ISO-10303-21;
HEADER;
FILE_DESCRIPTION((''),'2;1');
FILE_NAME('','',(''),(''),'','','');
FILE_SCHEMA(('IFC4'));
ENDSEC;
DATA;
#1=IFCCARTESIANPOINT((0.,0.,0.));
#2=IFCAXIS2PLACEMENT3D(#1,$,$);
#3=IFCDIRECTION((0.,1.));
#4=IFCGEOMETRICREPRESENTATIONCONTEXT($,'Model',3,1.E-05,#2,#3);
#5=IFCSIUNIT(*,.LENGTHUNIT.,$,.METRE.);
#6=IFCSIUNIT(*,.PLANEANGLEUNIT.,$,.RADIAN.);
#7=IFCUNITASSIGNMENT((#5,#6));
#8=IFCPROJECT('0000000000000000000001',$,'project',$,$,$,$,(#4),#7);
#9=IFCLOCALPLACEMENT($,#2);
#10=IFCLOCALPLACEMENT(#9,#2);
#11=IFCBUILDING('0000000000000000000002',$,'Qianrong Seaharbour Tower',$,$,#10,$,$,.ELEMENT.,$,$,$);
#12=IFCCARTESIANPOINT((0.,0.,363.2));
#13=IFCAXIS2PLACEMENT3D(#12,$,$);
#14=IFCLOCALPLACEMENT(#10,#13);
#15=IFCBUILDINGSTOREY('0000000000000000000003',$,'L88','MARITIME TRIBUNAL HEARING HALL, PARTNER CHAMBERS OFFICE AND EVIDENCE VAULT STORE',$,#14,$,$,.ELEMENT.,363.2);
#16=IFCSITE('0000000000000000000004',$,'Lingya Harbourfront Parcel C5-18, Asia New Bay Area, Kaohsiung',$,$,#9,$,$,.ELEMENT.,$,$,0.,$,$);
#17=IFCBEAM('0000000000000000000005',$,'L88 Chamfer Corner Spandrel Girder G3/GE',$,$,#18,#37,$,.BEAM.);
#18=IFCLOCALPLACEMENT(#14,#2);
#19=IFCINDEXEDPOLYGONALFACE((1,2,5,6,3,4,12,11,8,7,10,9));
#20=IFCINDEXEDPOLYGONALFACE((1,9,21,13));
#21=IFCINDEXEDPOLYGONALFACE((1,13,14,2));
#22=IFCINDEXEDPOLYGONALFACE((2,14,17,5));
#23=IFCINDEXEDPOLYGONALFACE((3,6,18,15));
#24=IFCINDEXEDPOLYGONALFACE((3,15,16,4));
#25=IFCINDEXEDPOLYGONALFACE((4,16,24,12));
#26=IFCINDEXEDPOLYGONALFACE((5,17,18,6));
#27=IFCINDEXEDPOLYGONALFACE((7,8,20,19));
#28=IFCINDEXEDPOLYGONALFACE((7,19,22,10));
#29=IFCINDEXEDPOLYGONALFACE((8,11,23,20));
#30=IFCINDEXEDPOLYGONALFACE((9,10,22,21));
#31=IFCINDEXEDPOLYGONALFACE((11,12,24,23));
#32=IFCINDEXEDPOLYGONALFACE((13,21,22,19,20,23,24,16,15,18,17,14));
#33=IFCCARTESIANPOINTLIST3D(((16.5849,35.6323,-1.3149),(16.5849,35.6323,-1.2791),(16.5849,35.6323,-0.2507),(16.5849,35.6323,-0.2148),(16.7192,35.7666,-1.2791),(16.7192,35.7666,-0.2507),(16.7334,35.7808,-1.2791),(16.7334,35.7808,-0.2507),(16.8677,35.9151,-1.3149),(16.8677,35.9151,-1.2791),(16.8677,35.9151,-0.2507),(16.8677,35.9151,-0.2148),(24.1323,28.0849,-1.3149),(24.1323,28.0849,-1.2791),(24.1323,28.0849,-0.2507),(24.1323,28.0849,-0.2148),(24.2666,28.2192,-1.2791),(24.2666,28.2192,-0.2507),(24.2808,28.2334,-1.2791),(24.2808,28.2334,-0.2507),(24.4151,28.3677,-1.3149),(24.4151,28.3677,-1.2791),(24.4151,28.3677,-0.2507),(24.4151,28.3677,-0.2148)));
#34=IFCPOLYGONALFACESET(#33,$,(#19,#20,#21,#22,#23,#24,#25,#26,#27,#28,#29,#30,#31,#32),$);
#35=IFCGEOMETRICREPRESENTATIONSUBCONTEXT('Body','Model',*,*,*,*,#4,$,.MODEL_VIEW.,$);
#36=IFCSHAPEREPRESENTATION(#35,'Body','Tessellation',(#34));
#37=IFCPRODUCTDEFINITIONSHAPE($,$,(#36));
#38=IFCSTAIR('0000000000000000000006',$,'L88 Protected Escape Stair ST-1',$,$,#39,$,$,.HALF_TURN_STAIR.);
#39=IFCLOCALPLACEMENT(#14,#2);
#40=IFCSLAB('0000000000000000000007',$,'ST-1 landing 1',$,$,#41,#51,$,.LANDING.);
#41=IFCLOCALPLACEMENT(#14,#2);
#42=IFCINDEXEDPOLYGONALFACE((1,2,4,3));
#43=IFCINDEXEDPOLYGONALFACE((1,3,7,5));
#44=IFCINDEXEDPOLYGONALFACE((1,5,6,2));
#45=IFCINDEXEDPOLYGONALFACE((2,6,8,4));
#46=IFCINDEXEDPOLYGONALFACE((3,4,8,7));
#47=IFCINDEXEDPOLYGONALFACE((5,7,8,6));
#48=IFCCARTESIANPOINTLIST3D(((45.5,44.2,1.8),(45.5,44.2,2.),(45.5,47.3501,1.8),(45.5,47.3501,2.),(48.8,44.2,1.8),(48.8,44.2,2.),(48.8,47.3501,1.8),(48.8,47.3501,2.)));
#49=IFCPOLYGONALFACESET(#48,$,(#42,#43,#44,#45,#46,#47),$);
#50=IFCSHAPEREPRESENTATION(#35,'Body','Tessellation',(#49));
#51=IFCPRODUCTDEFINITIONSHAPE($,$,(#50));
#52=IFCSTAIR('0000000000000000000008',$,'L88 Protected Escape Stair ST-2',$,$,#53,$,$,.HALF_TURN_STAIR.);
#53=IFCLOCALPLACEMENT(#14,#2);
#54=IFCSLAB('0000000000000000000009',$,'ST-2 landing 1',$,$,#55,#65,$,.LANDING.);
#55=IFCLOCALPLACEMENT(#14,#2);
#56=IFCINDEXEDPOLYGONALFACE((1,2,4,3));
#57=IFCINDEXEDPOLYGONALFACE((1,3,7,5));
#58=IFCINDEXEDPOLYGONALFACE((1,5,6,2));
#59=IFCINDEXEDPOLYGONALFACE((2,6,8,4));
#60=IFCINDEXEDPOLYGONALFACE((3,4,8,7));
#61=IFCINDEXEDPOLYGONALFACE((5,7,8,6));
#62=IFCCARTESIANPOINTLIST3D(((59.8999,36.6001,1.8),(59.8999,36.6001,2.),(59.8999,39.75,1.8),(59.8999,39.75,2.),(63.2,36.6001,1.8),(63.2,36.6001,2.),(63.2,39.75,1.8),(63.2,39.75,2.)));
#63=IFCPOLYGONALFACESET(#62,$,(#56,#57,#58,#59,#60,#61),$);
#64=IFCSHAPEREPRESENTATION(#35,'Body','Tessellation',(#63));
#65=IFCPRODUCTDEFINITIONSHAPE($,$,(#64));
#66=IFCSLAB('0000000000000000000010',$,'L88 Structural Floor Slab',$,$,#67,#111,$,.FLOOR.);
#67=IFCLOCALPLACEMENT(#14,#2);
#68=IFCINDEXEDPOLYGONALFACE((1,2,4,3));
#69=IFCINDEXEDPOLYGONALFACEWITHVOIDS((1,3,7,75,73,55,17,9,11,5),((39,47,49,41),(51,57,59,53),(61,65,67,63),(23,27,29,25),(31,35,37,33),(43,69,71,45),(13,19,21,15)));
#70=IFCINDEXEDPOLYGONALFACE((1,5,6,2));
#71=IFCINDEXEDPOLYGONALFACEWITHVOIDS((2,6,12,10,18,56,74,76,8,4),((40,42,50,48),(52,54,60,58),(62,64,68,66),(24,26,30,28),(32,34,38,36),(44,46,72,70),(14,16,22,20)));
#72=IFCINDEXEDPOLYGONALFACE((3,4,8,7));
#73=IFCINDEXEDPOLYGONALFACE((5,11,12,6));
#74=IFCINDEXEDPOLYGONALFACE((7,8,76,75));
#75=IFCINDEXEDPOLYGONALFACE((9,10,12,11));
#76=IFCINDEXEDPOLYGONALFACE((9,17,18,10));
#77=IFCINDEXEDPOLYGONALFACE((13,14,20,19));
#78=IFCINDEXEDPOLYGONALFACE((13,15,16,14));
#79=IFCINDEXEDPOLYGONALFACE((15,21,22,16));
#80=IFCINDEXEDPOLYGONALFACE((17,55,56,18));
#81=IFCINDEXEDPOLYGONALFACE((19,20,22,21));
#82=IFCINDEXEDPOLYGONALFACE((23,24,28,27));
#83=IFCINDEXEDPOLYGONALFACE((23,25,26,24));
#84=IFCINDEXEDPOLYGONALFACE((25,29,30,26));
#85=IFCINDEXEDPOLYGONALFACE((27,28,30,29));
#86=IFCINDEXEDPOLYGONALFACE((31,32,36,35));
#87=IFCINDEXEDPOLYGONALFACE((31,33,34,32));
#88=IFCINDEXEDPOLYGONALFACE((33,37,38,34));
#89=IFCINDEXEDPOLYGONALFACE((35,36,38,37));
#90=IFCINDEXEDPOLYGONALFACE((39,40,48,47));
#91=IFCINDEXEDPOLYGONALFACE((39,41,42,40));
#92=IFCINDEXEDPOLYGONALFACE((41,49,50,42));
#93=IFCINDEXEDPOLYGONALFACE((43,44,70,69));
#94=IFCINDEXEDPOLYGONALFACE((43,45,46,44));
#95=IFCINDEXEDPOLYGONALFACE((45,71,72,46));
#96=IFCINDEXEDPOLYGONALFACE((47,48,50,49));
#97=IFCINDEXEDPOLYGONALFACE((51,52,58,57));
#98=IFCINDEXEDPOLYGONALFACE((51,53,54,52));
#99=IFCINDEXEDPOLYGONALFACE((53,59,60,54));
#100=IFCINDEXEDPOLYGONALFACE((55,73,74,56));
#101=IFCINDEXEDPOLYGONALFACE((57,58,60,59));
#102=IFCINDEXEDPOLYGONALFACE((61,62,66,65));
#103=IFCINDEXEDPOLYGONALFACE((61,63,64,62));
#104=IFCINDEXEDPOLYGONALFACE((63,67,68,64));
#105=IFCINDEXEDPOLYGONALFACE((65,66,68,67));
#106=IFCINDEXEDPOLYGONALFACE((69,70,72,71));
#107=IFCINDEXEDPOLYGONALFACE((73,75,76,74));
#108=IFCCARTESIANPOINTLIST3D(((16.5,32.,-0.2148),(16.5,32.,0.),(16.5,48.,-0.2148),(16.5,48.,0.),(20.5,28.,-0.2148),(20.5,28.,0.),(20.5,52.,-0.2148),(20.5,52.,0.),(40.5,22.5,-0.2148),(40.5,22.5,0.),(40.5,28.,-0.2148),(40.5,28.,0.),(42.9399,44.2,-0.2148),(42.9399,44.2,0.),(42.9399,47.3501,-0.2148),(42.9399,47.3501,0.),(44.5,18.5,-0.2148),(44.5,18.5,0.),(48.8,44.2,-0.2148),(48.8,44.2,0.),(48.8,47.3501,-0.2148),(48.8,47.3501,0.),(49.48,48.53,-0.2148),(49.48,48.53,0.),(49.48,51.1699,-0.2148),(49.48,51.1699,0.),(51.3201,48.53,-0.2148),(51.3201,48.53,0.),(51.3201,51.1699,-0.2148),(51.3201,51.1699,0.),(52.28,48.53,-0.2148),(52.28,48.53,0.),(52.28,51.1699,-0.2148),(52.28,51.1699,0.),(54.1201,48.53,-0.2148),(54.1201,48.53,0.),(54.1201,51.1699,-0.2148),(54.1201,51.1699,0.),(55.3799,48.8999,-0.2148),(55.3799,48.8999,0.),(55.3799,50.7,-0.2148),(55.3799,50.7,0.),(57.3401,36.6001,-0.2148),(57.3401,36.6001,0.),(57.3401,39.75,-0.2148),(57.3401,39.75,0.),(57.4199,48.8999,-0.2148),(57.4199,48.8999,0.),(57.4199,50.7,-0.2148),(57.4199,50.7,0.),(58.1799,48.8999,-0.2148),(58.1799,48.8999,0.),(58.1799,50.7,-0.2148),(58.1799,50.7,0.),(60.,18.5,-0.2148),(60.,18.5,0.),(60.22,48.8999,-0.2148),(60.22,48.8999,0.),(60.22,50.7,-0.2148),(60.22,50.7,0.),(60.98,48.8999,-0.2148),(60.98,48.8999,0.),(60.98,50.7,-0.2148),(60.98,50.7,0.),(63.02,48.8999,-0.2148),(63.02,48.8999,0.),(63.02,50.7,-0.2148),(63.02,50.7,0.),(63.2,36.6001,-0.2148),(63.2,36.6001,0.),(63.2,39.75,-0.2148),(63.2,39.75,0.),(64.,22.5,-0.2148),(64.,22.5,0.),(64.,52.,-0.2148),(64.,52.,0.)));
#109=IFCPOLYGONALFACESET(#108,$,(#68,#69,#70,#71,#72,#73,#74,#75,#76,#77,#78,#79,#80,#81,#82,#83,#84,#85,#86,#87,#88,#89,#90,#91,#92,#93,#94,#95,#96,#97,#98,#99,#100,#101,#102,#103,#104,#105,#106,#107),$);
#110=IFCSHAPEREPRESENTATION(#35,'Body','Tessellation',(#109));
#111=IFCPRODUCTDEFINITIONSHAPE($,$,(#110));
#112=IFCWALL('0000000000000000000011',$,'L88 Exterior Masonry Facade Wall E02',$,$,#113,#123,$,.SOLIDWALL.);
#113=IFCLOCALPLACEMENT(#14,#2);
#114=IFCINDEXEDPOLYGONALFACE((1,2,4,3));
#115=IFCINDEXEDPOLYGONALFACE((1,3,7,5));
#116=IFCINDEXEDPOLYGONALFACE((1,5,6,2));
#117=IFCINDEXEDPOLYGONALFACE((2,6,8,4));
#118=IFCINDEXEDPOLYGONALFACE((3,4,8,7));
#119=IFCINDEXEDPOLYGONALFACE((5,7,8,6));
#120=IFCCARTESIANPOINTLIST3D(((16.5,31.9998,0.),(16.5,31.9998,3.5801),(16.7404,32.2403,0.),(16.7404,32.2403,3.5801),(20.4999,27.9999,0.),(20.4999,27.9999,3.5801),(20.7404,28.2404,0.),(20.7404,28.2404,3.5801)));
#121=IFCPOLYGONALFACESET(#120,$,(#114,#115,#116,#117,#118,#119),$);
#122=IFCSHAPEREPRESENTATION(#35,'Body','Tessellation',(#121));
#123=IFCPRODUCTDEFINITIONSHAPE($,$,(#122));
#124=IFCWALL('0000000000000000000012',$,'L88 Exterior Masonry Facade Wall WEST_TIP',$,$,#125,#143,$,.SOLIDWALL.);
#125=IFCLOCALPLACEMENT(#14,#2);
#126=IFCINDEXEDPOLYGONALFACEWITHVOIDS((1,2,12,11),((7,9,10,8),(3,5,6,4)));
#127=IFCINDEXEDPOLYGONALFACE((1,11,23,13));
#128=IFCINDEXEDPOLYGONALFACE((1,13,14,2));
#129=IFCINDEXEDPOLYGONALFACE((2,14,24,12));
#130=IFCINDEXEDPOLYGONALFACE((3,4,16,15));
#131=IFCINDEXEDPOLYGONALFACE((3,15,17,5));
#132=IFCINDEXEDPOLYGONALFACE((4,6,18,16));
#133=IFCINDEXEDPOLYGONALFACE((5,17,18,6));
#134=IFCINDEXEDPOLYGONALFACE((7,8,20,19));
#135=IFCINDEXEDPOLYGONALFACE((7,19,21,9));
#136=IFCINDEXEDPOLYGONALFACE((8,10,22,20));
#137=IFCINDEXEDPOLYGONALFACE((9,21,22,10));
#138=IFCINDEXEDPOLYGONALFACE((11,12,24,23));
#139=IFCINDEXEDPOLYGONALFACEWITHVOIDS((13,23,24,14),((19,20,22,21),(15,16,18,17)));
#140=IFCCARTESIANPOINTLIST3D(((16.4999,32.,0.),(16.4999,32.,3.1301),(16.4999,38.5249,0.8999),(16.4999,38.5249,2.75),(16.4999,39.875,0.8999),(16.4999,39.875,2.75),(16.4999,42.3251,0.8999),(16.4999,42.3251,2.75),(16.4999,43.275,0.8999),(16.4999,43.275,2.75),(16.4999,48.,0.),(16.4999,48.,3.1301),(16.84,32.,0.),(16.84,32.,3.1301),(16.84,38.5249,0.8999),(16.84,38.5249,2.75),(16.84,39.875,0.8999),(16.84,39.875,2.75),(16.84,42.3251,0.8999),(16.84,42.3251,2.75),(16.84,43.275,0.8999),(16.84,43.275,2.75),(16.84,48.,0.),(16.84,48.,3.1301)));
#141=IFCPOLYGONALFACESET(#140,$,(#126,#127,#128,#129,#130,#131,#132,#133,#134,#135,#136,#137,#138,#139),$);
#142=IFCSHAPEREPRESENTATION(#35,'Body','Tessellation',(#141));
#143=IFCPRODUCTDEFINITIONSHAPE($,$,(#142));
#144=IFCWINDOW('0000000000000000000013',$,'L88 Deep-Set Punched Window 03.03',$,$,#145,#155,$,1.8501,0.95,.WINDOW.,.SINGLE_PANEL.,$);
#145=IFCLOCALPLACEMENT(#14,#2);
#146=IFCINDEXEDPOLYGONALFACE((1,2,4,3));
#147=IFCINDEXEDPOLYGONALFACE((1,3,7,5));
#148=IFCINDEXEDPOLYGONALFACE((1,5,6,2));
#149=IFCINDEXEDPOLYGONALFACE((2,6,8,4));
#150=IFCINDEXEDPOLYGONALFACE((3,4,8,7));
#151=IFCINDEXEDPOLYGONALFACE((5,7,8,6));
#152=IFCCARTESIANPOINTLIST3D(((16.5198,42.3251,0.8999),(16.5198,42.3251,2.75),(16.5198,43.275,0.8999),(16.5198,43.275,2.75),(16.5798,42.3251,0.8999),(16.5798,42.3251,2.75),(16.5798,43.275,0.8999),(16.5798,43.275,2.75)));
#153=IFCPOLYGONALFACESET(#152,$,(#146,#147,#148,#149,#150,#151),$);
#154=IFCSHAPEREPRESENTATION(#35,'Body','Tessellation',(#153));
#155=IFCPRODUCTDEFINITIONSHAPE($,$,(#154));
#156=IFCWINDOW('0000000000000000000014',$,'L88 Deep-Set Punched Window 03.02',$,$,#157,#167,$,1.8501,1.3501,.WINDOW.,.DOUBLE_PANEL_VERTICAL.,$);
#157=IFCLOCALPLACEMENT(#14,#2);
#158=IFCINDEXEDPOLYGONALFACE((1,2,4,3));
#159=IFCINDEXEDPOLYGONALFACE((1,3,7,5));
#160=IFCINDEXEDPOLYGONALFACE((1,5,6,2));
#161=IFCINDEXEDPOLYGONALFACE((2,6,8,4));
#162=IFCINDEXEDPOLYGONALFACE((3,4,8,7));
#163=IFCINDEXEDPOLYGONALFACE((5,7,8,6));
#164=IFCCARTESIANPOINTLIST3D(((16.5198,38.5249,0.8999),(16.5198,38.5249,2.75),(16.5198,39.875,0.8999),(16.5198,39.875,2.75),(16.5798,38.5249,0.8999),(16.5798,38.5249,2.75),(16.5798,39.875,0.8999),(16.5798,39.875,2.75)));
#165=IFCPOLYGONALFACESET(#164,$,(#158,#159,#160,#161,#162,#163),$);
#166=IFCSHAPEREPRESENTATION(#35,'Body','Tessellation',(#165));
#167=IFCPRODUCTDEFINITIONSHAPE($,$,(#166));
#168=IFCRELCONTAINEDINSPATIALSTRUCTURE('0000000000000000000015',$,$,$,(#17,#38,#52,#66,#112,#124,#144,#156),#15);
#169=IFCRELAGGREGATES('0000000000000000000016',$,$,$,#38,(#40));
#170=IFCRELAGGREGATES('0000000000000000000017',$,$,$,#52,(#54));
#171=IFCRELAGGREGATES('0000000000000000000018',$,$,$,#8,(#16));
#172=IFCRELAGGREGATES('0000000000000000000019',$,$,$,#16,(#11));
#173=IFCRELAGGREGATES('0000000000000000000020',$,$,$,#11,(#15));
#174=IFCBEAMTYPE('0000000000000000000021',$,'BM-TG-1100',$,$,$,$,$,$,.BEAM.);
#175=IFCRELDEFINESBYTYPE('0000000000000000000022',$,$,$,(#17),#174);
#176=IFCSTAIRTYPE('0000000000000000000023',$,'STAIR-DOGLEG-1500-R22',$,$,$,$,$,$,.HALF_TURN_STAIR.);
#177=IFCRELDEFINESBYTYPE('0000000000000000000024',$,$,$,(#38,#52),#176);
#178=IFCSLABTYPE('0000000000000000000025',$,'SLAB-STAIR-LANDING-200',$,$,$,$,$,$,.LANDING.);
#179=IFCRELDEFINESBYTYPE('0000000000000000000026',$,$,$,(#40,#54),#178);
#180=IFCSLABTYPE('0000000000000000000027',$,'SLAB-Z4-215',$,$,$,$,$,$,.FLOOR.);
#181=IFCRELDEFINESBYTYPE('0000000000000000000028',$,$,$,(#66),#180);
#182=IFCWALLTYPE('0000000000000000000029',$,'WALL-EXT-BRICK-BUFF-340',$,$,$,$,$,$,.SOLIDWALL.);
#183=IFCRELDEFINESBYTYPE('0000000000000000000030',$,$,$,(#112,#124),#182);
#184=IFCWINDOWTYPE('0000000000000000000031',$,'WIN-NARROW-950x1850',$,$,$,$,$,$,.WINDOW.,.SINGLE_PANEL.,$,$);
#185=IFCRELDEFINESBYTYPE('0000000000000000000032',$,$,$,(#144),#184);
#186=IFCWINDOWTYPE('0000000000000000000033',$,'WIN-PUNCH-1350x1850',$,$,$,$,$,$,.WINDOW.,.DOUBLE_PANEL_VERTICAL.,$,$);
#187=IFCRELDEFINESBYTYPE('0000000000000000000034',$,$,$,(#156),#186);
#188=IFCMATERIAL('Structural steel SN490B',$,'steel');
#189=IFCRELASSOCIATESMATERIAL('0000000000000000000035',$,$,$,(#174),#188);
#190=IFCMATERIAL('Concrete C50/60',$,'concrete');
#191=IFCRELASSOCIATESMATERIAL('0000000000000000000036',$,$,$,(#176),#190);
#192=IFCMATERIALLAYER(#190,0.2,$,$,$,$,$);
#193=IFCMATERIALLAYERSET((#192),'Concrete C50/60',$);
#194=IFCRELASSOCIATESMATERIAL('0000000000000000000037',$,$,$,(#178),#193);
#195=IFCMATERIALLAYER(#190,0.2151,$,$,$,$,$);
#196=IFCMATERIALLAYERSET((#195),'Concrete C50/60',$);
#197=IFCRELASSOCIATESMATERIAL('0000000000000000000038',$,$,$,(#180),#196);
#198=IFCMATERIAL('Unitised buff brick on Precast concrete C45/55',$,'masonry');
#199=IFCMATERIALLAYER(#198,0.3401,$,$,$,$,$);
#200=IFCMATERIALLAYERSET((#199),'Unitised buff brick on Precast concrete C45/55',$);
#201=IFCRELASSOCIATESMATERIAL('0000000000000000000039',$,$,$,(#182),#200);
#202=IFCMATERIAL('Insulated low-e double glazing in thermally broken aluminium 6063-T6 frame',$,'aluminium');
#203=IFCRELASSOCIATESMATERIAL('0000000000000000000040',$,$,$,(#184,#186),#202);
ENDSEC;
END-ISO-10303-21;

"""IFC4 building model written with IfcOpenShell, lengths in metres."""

from ifc_helpers import new_model, si_unit, direction, frame, frame_2d, origin, origin_2d, place, context, subcontext, project, spatial, polyline, rectangle, i_section, outline, extrude, material, layer, layer_set, material_profile, profile_set, type_object, element, fill, aggregate, save


model = new_model("IFC4")

# Units and contexts
model_context = context("Model", 3, precision=1e-05, world=origin(), true_north=direction((0.0, 1.0)))
body_context = subcontext(model_context, "Body", "Model", "MODEL_VIEW")
ifc_project = project(units=[si_unit("LENGTHUNIT", "METRE"), si_unit("PLANEANGLEUNIT", "RADIAN")], contexts=[model_context])

# Site, building, storey
site_placement = place(None, origin())
site = spatial("IfcSite", under=ifc_project, at=site_placement, Name="Lingya Harbourfront Parcel C5-18, Asia New Bay Area, Kaohsiung", CompositionType="ELEMENT", RefElevation=0.0)
building_placement = place(site_placement, origin())
building = spatial("IfcBuilding", under=site, at=building_placement, Name="Qianrong Seaharbour Tower", CompositionType="ELEMENT")
storey_placement = place(building_placement, frame((0.0, 0.0, 363.2)))
storey = spatial("IfcBuildingStorey", under=building, at=storey_placement, Name="L88", Description="MARITIME TRIBUNAL HEARING HALL, PARTNER CHAMBERS OFFICE AND EVIDENCE VAULT STORE", CompositionType="ELEMENT", Elevation=363.2)

# Shared definitions
ifc_material_1 = material(Name="Concrete C50/60", Category="concrete")

# Beam
ifc_material_2 = material(Name="Structural steel SN490B", Category="steel")
ifc_material_profile_1 = material_profile(ifc_material_2, i_section(OverallWidth=0.3999, OverallDepth=1.1001, WebThickness=0.02, FlangeThickness=0.0359, at=origin_2d()), Name="BH1100x400x20x36")
ifc_profile_set_1 = profile_set([ifc_material_profile_1], Name="Structural steel SN490B")
beam_type_1 = type_object("IfcBeamType", Name="BM-TG-1100", PredefinedType="BEAM", material=ifc_profile_set_1)
beam_1_placement = place(storey_placement, frame((24.2737, 28.2263, -0.7649), z_axis=(-0.707107, 0.707107, 0.0), x_axis=(-0.707107, -0.707107, 0.0)))
element("IfcBeam", 1, at=beam_1_placement, inside=storey, type_object=beam_type_1, Name="L88 Chamfer Corner Spandrel Girder G3/GE", PredefinedType="BEAM", context=body_context, shape_type="SweptSolid", body=[
    extrude(i_section(OverallWidth=0.3999, OverallDepth=1.1001, WebThickness=0.02, FlangeThickness=0.0359, at=origin_2d()), origin(), (0.0, 0.0, 1.0), 10.6736),
])

# Stairs, slabs
stair_type = type_object("IfcStairType", Name="STAIR-DOGLEG-1500-R22", PredefinedType="HALF_TURN_STAIR", material=ifc_material_1)
stair_1_placement = place(storey_placement, origin())
stair_1 = element("IfcStair", 2, at=stair_1_placement, inside=storey, type_object=stair_type, Name="L88 Protected Escape Stair ST-1", PredefinedType="HALF_TURN_STAIR")
ifc_layer_1 = layer(ifc_material_1, 0.2)
ifc_layer_set_1 = layer_set([ifc_layer_1], Name="Concrete C50/60")
slab_type_1 = type_object("IfcSlabType", Name="SLAB-STAIR-LANDING-200", PredefinedType="LANDING", material=ifc_layer_set_1)
slab_1_placement = place(storey_placement, frame((0.0, 0.0, 1.8)))
slab_1 = element("IfcSlab", 3, at=slab_1_placement, type_object=slab_type_1, Name="ST-1 landing 1", PredefinedType="LANDING", context=body_context, shape_type="SweptSolid", body=[
    extrude(outline(polyline([(45.5, 44.2), (48.8, 44.2), (48.8, 47.3501), (45.5, 47.3501), (45.5, 44.2)])), origin(), (0.0, 0.0, 1.0), 0.2),
])
aggregate(stair_1, [slab_1])
stair_2_placement = place(storey_placement, origin())
stair_2 = element("IfcStair", 4, at=stair_2_placement, inside=storey, type_object=stair_type, Name="L88 Protected Escape Stair ST-2", PredefinedType="HALF_TURN_STAIR")
slab_2_placement = place(storey_placement, frame((0.0, 0.0, 1.8)))
slab_2 = element("IfcSlab", 5, at=slab_2_placement, type_object=slab_type_1, Name="ST-2 landing 1", PredefinedType="LANDING", context=body_context, shape_type="SweptSolid", body=[
    extrude(outline(polyline([(59.8999, 36.6001), (63.2, 36.6001), (63.2, 39.75), (59.8999, 39.75), (59.8999, 36.6001)])), origin(), (0.0, 0.0, 1.0), 0.2),
])
aggregate(stair_2, [slab_2])

# Slab
ifc_layer_2 = layer(ifc_material_1, 0.2151)
ifc_layer_set_2 = layer_set([ifc_layer_2], Name="Concrete C50/60")
slab_type_2 = type_object("IfcSlabType", Name="SLAB-Z4-215", PredefinedType="FLOOR", material=ifc_layer_set_2)
slab_3_placement = place(storey_placement, frame((0.0, 0.0, -0.2148)))
element("IfcSlab", 6, at=slab_3_placement, inside=storey, type_object=slab_type_2, Name="L88 Structural Floor Slab", PredefinedType="FLOOR", context=body_context, shape_type="SweptSolid", body=[
    extrude(outline(polyline([(44.5, 18.5), (60.0, 18.5), (64.0, 22.5), (64.0, 52.0), (20.5, 52.0), (16.5, 48.0), (16.5, 32.0), (20.5, 28.0), (40.5, 28.0), (40.5, 22.5), (44.5, 18.5)]), holes=[polyline([(42.9399, 44.2), (42.9399, 47.3501), (48.8, 47.3501), (48.8, 44.2), (42.9399, 44.2)]), polyline([(57.3401, 36.6001), (57.3401, 39.75), (63.2, 39.75), (63.2, 36.6001), (57.3401, 36.6001)]), polyline([(49.48, 48.53), (49.48, 51.1699), (51.3201, 51.1699), (51.3201, 48.53), (49.48, 48.53)]), polyline([(52.28, 48.53), (52.28, 51.1699), (54.1201, 51.1699), (54.1201, 48.53), (52.28, 48.53)]), polyline([(55.3799, 48.8999), (55.3799, 50.7), (57.4199, 50.7), (57.4199, 48.8999), (55.3799, 48.8999)]), polyline([(58.1799, 48.8999), (58.1799, 50.7), (60.22, 50.7), (60.22, 48.8999), (58.1799, 48.8999)]), polyline([(60.98, 48.8999), (60.98, 50.7), (63.02, 50.7), (63.02, 48.8999), (60.98, 48.8999)])]), origin(), (0.0, 0.0, 1.0), 0.2148),
])

# Wall
ifc_material_3 = material(Name="Unitised buff brick on Precast concrete C45/55", Category="masonry")
ifc_layer_3 = layer(ifc_material_3, 0.3401)
ifc_layer_set_3 = layer_set([ifc_layer_3], Name="Unitised buff brick on Precast concrete C45/55")
wall_type = type_object("IfcWallType", Name="WALL-EXT-BRICK-BUFF-340", PredefinedType="SOLIDWALL", material=ifc_layer_set_3)
wall_1_placement = place(storey_placement, frame((20.6201, 28.1201, 0.0), z_axis=(0.0, 0.0, 1.0), x_axis=(-0.707107, 0.707107, 0.0)))
element("IfcWall", 7, at=wall_1_placement, inside=storey, type_object=wall_type, Name="L88 Exterior Masonry Facade Wall E02", PredefinedType="SOLIDWALL", context=body_context, shape_type="SweptSolid", body=[
    extrude(rectangle(XDim=5.6567, YDim=0.3401, at=frame_2d((2.8284, 0.0))), origin(), (0.0, 0.0, 1.0), 3.5801),
])

# Wall, openings, windows
wall_2_placement = place(storey_placement, frame((16.6699, 32.0, 0.0), z_axis=(0.0, 0.0, 1.0), x_axis=(0.0, 1.0, 0.0)))
wall_2 = element("IfcWall", 8, at=wall_2_placement, inside=storey, type_object=wall_type, Name="L88 Exterior Masonry Facade Wall WEST_TIP", PredefinedType="SOLIDWALL", context=body_context, shape_type="SweptSolid", body=[
    extrude(rectangle(XDim=16.0, YDim=0.3401, at=frame_2d((8.0, 0.0))), origin(), (0.0, 0.0, 1.0), 3.1301),
])
opening_1_placement = place(wall_2_placement, frame((6.5249, 0.0, 0.8999)))
opening_1 = element("IfcOpeningElement", 9, at=opening_1_placement, cuts=wall_2, PredefinedType="OPENING", context=body_context, shape_type="SweptSolid", body=[
    extrude(rectangle(XDim=1.3501, YDim=1.8501, at=frame_2d((0.675, 0.925))), frame((0.0, 0.1802, 0.0), z_axis=(0.0, -1.0, 0.0), x_axis=(1.0, 0.0, 0.0)), (0.0, 0.0, 1.0), 0.3601),
])
opening_2_placement = place(wall_2_placement, frame((10.325, 0.0, 0.8999)))
opening_2 = element("IfcOpeningElement", 10, at=opening_2_placement, cuts=wall_2, PredefinedType="OPENING", context=body_context, shape_type="SweptSolid", body=[
    extrude(rectangle(XDim=0.95, YDim=1.8501, at=frame_2d((0.4751, 0.925))), frame((0.0, 0.1802, 0.0), z_axis=(0.0, -1.0, 0.0), x_axis=(1.0, 0.0, 0.0)), (0.0, 0.0, 1.0), 0.3601),
])
ifc_material_4 = material(Name="Insulated low-e double glazing in thermally broken aluminium 6063-T6 frame", Category="aluminium")
window_type_1 = type_object("IfcWindowType", Name="WIN-NARROW-950x1850", PartitioningType="SINGLE_PANEL", PredefinedType="WINDOW", material=ifc_material_4)
window_1_placement = place(opening_2_placement, origin())
window_1 = element("IfcWindow", 11, at=window_1_placement, inside=storey, type_object=window_type_1, Name="L88 Deep-Set Punched Window 03.03", OverallHeight=1.8501, OverallWidth=0.95, PartitioningType="SINGLE_PANEL", PredefinedType="WINDOW", context=body_context, shape_type="SweptSolid", body=[
    extrude(rectangle(XDim=0.95, YDim=1.8501, at=frame_2d((0.4751, 0.925))), frame((0.0, 0.1501, 0.0), z_axis=(0.0, -1.0, 0.0), x_axis=(1.0, 0.0, 0.0)), (0.0, 0.0, 1.0), 0.0601),
])
fill(opening_2, window_1)
window_type_2 = type_object("IfcWindowType", Name="WIN-PUNCH-1350x1850", PartitioningType="DOUBLE_PANEL_VERTICAL", PredefinedType="WINDOW", material=ifc_material_4)
window_2_placement = place(opening_1_placement, origin())
window_2 = element("IfcWindow", 12, at=window_2_placement, inside=storey, type_object=window_type_2, Name="L88 Deep-Set Punched Window 03.02", OverallHeight=1.8501, OverallWidth=1.3501, PartitioningType="DOUBLE_PANEL_VERTICAL", PredefinedType="WINDOW", context=body_context, shape_type="SweptSolid", body=[
    extrude(rectangle(XDim=1.3501, YDim=1.8501, at=frame_2d((0.675, 0.925))), frame((0.0, 0.1501, 0.0), z_axis=(0.0, -1.0, 0.0), x_axis=(1.0, 0.0, 0.0)), (0.0, 0.0, 1.0), 0.0601),
])
fill(opening_1, window_2)

save(model, "model.ifc")
